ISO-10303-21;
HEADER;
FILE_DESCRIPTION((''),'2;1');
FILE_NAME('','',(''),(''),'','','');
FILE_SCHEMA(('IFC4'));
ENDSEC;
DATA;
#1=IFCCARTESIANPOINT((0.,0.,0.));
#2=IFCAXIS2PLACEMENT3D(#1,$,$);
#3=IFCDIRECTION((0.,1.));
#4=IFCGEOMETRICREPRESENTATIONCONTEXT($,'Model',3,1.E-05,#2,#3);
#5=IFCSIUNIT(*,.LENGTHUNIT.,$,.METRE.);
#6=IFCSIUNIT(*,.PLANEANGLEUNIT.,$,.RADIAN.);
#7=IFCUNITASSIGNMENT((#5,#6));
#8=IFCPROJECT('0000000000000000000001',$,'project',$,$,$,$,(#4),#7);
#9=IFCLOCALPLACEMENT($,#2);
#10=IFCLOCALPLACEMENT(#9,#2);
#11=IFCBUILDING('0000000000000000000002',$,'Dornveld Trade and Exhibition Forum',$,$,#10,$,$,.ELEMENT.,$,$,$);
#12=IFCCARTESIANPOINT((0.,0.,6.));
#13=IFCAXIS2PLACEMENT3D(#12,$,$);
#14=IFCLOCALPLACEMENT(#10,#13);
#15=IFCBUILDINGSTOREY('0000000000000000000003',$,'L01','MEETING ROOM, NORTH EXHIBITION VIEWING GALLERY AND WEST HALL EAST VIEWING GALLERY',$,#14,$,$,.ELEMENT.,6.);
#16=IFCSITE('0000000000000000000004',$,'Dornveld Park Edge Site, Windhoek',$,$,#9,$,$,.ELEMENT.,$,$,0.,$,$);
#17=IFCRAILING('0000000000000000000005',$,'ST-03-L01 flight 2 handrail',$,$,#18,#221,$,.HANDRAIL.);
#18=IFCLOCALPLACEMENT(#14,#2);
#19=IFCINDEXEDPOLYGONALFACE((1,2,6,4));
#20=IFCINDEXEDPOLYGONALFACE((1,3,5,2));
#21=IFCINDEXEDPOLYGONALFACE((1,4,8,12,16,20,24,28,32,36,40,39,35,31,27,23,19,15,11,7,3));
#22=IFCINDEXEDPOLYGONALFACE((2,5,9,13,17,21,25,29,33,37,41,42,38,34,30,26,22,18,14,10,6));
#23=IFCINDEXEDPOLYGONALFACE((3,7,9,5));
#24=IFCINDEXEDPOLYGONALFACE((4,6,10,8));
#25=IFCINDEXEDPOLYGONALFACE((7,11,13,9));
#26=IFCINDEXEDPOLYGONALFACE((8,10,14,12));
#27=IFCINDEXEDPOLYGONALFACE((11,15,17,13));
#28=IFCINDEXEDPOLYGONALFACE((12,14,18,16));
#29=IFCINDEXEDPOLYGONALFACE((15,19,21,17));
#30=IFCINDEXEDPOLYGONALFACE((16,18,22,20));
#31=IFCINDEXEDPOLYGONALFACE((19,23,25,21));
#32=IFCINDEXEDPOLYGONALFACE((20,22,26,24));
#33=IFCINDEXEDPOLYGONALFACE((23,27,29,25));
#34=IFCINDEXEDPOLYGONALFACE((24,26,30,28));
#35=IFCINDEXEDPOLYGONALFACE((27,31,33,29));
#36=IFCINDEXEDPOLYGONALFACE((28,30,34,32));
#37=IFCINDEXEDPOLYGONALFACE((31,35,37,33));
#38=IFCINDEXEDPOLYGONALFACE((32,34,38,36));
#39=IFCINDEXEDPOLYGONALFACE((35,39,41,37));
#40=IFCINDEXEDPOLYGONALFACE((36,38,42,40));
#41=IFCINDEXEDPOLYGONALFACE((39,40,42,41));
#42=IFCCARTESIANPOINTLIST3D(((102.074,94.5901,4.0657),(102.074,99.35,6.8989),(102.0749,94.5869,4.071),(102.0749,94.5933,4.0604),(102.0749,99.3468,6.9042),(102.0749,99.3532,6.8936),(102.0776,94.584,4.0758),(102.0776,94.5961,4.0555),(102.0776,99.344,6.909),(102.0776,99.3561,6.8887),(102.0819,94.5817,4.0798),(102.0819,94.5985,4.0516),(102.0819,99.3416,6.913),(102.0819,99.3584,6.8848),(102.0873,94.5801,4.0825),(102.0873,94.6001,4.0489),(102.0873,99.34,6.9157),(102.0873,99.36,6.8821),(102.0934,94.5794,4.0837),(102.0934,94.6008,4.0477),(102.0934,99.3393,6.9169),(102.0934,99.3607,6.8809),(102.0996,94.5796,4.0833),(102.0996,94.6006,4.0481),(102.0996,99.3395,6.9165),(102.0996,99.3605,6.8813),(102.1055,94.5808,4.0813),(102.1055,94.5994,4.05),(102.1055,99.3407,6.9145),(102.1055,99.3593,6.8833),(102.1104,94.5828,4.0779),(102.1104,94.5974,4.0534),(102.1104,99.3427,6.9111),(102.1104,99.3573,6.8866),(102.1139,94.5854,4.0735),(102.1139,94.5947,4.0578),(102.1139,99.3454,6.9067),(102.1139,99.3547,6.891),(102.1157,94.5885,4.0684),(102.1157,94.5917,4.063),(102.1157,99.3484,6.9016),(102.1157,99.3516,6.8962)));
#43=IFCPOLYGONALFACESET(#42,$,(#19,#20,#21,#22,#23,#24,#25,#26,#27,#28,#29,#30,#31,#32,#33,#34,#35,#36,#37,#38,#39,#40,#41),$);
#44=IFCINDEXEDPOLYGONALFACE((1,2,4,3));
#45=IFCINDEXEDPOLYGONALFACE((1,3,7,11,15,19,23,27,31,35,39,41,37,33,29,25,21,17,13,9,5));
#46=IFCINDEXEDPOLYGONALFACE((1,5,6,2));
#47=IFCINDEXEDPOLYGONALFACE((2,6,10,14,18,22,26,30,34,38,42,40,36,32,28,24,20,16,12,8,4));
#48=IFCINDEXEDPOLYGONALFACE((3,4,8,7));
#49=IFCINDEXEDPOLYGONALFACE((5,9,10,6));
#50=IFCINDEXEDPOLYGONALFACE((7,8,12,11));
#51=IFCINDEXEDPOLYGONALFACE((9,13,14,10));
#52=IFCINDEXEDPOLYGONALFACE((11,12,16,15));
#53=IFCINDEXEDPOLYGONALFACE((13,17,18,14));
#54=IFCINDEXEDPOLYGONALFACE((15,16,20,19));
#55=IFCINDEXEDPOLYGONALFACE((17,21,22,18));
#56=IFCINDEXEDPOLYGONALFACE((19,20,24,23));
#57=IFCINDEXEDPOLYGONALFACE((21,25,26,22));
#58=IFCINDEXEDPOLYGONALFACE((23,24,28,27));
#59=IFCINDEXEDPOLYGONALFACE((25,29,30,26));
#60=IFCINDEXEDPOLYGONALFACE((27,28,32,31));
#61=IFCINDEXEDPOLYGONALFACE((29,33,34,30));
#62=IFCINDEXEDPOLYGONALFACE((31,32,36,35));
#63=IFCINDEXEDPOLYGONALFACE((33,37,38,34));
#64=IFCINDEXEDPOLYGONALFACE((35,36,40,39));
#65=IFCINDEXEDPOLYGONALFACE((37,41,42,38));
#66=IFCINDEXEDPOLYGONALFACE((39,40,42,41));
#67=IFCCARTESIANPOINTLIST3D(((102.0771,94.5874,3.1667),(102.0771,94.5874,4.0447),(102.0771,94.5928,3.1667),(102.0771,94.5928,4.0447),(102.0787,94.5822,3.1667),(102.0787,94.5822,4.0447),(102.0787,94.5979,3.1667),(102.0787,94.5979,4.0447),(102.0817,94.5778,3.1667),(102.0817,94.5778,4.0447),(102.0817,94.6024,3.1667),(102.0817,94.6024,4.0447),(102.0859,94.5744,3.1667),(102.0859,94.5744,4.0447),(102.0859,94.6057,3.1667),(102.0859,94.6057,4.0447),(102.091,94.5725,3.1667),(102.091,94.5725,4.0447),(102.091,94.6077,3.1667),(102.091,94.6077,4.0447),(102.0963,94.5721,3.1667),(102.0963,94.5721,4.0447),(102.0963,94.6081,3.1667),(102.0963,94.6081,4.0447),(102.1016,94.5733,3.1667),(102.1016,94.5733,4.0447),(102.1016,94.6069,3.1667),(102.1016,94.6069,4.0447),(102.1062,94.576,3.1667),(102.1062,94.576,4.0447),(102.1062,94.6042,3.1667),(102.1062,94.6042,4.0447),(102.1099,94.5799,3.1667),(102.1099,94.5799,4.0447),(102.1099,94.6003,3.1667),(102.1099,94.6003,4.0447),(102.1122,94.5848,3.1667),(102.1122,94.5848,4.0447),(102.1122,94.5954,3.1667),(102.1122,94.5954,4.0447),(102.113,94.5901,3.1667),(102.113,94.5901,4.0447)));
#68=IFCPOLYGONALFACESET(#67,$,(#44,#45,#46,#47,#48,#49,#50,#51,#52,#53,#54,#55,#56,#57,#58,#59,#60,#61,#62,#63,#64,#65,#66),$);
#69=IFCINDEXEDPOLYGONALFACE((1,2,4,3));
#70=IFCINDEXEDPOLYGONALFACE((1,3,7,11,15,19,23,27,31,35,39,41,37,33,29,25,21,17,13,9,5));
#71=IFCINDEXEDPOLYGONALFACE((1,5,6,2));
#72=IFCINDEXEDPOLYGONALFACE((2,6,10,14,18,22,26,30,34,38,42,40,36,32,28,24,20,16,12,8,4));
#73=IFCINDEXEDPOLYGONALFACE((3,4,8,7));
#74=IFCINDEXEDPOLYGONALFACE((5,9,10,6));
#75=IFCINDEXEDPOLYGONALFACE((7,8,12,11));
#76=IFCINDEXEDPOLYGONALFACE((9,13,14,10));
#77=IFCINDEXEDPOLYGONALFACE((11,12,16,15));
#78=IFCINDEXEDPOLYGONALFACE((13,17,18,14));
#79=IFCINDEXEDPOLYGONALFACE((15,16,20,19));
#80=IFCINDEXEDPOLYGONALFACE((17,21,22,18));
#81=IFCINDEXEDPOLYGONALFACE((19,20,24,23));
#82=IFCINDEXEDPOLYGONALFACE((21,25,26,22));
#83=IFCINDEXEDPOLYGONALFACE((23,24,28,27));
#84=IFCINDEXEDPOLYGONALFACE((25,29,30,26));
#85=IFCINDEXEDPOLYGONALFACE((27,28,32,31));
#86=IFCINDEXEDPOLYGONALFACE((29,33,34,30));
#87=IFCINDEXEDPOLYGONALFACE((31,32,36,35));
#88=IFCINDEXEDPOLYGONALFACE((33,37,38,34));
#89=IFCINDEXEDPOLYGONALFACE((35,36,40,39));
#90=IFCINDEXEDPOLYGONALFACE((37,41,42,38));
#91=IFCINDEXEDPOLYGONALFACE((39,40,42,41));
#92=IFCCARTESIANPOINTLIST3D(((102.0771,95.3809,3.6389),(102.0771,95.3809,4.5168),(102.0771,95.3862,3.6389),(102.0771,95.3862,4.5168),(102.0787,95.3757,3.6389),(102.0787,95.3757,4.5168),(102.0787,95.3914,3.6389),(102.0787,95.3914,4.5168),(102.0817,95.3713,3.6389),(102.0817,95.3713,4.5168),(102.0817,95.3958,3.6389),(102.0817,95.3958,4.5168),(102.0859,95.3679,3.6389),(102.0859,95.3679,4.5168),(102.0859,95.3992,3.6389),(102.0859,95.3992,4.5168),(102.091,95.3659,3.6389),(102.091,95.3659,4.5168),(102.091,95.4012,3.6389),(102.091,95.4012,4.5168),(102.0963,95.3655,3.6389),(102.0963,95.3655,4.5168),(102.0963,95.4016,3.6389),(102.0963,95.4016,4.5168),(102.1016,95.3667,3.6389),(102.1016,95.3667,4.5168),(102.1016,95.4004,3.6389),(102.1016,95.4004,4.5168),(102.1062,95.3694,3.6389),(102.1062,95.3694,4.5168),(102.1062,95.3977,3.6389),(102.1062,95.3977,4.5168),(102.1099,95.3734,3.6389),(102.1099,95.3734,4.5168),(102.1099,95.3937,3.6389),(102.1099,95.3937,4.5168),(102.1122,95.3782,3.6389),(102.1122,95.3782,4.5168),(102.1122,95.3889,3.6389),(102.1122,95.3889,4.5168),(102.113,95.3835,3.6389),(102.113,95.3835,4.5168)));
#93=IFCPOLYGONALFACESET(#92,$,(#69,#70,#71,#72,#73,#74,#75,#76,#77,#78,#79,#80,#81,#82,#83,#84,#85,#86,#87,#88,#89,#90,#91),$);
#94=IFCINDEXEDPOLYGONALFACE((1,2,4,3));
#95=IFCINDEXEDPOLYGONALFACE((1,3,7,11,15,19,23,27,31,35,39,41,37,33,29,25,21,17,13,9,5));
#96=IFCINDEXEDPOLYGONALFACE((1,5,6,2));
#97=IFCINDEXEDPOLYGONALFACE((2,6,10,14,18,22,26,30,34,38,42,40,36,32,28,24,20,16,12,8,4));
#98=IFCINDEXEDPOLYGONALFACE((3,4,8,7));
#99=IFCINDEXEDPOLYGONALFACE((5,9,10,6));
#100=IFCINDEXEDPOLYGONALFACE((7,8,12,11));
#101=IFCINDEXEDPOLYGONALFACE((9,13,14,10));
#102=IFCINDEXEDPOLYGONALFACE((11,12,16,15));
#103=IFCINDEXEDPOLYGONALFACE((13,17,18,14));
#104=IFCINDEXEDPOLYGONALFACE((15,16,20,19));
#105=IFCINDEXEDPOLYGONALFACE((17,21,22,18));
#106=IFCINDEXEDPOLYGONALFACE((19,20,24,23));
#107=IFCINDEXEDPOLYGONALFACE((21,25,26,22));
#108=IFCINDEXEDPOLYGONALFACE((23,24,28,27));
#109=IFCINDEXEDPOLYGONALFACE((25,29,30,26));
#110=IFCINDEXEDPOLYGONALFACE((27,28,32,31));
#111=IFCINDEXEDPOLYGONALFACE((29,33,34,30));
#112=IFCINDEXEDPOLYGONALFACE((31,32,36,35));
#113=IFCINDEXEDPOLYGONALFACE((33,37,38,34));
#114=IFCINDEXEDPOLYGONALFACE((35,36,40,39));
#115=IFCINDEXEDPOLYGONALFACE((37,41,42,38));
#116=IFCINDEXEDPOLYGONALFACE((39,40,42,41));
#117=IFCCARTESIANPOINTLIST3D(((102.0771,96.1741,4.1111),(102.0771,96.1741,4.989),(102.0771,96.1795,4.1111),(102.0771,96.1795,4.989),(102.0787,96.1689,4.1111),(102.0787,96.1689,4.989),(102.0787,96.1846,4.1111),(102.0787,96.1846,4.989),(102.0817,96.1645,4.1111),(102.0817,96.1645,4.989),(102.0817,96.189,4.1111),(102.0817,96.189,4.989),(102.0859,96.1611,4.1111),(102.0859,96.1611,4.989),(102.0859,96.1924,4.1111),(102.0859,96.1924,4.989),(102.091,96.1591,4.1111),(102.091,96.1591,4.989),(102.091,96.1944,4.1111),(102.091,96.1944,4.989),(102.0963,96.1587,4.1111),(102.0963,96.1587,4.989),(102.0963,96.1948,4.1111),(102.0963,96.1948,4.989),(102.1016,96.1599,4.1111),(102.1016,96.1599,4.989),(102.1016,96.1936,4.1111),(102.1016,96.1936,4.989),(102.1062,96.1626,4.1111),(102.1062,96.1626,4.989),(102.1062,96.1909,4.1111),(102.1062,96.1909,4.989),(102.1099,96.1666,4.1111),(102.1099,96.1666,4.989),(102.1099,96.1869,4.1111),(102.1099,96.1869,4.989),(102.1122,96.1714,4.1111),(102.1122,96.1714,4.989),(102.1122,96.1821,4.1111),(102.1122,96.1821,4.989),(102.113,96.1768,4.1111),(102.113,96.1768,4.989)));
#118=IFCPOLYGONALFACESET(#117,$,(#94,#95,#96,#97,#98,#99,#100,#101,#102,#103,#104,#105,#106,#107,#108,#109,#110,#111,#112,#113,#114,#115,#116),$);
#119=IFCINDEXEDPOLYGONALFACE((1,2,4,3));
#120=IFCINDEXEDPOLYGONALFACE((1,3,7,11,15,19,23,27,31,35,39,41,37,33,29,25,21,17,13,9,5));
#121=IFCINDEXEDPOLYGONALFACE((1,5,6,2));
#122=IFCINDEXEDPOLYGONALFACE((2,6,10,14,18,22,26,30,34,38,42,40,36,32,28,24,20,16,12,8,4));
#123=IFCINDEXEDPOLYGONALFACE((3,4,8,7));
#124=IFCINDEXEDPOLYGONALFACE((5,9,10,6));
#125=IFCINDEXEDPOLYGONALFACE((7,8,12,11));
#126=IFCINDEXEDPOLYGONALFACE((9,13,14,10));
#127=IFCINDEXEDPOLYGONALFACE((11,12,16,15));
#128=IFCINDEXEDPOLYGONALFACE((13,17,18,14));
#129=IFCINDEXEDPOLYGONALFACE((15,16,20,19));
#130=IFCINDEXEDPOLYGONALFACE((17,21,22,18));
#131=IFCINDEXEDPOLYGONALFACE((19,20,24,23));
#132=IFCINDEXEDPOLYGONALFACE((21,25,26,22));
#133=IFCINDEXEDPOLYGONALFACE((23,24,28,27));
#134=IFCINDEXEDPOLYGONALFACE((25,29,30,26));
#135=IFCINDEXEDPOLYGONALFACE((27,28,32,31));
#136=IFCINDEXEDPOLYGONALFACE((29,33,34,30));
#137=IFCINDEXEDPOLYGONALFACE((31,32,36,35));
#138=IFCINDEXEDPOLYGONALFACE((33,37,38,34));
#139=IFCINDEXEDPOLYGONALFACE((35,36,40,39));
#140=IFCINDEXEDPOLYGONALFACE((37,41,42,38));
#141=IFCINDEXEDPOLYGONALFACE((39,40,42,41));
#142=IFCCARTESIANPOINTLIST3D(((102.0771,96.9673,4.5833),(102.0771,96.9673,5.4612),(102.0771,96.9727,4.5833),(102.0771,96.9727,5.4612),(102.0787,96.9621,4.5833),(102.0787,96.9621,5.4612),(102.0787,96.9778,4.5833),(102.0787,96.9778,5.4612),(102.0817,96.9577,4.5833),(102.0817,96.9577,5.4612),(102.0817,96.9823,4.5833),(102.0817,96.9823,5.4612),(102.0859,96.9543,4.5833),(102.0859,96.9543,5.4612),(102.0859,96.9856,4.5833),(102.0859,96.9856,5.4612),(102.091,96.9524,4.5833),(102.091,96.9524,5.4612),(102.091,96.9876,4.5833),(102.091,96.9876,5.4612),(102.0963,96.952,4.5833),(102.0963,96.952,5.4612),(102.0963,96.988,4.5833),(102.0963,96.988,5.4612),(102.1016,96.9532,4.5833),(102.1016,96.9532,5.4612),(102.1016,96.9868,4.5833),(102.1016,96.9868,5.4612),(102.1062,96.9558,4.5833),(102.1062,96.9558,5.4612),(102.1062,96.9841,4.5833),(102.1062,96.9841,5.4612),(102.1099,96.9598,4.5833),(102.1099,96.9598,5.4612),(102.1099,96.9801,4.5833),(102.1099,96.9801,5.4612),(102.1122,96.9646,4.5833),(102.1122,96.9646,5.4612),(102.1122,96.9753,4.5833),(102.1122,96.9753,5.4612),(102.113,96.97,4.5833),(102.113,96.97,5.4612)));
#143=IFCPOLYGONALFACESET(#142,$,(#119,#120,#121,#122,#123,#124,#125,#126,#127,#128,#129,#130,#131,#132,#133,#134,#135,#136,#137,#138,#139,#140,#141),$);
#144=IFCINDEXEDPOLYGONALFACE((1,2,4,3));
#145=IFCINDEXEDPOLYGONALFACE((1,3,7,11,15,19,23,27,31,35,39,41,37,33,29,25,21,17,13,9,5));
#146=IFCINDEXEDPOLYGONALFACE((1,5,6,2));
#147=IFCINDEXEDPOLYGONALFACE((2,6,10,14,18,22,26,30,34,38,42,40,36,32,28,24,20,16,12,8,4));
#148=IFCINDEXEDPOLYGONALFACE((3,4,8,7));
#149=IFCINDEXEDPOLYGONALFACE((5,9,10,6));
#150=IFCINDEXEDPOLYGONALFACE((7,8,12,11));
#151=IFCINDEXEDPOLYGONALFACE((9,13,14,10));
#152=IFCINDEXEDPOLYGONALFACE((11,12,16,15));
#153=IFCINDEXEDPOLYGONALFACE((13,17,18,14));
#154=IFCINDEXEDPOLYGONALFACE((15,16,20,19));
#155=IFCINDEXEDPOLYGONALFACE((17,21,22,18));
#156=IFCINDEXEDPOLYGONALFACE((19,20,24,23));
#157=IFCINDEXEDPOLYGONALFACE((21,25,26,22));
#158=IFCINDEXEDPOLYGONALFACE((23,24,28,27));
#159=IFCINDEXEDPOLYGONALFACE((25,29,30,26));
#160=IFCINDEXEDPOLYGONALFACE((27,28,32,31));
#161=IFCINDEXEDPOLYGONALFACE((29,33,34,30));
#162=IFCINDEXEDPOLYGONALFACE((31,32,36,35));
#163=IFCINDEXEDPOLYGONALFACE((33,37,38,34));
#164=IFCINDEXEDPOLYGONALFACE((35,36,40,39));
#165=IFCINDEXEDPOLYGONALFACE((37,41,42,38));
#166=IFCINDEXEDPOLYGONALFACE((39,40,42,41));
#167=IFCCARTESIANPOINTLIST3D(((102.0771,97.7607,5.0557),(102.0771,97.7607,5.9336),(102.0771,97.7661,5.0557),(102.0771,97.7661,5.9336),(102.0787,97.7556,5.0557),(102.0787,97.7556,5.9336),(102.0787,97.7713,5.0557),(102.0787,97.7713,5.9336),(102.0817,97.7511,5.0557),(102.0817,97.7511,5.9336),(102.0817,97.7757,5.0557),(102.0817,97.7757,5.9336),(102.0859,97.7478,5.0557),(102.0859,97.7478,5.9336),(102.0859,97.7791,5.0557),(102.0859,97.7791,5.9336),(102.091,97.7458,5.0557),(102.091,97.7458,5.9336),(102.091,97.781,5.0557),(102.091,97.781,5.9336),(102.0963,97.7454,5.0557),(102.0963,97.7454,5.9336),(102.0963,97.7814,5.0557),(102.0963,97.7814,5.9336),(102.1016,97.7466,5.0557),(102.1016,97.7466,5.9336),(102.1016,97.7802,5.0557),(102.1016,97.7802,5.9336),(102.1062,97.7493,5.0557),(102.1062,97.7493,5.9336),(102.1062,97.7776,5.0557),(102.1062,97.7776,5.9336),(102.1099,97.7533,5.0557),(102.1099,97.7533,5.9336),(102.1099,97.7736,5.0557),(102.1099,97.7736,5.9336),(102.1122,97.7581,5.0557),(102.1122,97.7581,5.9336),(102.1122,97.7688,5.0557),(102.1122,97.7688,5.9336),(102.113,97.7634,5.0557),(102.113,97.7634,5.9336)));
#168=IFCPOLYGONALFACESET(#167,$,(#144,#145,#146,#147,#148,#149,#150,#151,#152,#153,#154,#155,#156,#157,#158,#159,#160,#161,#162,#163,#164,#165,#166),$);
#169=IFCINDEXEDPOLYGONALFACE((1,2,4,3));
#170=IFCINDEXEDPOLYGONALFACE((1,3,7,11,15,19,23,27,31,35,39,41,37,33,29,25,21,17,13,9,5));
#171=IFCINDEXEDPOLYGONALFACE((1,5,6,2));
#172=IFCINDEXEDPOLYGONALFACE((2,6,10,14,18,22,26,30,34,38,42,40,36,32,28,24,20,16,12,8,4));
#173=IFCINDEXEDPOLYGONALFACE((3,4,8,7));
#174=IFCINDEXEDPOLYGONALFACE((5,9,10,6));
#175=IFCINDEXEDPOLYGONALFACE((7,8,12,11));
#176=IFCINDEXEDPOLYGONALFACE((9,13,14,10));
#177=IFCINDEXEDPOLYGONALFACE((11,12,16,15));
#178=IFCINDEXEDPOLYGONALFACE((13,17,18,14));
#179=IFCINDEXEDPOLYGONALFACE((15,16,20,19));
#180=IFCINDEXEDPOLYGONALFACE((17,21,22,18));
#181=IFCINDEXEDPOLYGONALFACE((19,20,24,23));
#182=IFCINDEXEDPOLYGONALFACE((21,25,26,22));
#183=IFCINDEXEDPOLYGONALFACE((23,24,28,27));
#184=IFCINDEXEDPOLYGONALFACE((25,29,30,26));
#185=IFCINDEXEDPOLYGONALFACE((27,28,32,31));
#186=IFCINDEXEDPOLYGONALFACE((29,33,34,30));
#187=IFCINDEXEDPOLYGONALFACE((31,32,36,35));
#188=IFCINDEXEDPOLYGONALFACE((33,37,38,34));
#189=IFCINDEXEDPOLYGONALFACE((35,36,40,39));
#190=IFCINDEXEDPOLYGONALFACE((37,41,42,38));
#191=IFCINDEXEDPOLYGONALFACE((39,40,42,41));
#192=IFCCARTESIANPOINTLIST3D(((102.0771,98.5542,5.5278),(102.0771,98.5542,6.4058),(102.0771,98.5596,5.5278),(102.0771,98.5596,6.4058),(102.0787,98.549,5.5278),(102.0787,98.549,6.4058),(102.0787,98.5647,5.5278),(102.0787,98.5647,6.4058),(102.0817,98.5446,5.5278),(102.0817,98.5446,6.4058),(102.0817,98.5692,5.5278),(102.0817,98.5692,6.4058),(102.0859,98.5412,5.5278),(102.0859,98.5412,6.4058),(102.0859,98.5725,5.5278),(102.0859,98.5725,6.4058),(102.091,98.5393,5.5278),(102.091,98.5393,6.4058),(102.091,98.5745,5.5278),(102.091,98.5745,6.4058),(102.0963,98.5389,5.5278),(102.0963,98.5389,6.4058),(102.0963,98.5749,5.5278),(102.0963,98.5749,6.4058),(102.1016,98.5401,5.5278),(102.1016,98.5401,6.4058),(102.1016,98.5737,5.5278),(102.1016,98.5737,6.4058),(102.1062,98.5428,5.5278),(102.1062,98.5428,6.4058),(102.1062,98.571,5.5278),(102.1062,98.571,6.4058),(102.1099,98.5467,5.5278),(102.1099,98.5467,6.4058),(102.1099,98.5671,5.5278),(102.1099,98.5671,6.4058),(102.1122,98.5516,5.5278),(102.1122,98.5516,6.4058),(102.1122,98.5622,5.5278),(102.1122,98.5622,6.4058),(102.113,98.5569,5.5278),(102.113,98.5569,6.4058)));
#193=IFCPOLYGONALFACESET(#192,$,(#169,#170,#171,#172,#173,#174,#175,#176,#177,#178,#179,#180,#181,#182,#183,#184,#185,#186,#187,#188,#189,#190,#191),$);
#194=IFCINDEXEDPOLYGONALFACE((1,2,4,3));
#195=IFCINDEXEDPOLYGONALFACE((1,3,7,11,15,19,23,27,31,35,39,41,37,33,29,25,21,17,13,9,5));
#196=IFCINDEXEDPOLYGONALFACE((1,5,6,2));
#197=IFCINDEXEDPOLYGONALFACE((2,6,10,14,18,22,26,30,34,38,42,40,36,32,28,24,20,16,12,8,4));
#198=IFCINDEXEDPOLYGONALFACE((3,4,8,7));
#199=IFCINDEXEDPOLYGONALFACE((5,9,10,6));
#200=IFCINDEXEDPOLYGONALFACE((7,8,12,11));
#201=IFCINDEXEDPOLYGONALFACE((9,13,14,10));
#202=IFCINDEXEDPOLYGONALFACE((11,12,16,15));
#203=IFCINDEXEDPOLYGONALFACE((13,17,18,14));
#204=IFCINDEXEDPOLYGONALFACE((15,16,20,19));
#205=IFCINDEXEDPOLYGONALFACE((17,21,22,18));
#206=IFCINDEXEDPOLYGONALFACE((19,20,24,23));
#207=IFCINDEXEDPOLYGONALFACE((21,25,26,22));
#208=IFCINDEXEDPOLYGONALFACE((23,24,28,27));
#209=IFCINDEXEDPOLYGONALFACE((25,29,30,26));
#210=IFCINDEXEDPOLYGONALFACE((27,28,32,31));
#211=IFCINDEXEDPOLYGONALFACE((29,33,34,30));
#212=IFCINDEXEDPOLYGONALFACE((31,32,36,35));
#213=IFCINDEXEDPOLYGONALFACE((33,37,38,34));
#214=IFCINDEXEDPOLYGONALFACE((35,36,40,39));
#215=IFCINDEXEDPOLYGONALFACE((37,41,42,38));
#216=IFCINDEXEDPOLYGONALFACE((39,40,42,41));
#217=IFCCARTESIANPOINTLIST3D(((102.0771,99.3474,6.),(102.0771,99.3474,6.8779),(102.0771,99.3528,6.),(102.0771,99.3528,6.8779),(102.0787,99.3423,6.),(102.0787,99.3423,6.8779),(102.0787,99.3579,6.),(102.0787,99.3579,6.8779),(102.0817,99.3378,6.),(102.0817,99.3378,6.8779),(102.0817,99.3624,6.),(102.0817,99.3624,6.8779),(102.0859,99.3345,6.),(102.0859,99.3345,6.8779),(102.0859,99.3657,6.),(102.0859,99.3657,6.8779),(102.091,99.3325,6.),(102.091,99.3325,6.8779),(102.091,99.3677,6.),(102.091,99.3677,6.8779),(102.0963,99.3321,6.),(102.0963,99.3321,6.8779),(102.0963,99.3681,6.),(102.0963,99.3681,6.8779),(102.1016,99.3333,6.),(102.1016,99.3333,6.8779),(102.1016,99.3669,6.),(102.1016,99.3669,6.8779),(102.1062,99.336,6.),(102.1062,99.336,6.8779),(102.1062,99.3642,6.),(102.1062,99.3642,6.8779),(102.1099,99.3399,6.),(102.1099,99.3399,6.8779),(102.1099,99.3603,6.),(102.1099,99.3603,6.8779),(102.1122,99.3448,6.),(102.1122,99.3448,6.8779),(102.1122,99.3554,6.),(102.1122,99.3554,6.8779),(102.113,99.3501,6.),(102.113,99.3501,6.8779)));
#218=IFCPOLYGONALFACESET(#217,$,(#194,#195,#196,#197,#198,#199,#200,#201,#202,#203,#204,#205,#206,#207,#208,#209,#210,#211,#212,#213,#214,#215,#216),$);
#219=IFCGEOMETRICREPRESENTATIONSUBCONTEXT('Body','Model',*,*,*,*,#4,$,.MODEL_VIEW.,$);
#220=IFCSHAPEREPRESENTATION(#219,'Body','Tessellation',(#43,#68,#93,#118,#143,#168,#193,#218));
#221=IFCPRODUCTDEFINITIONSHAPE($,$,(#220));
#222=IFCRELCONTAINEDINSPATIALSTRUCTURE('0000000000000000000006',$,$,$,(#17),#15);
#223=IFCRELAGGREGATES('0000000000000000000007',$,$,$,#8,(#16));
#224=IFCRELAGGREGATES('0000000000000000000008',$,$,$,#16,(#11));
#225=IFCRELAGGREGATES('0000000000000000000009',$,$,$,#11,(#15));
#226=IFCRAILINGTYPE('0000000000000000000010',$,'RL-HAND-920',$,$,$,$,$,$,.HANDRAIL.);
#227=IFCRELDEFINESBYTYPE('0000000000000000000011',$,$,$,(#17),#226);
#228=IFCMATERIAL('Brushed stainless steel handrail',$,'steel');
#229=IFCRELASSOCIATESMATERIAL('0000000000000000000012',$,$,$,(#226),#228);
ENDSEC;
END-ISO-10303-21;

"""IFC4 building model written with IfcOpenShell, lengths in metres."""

from ifc_helpers import new_model, si_unit, direction, frame, origin, origin_2d, place, context, subcontext, project, spatial, circle, extrude, material, type_object, element, save


model = new_model("IFC4")

# Units and contexts
model_context = context("Model", 3, precision=1e-05, world=origin(), true_north=direction((0.0, 1.0)))
body_context = subcontext(model_context, "Body", "Model", "MODEL_VIEW")
ifc_project = project(units=[si_unit("LENGTHUNIT", "METRE"), si_unit("PLANEANGLEUNIT", "RADIAN")], contexts=[model_context])

# Site, building, storey
site_placement = place(None, origin())
site = spatial("IfcSite", under=ifc_project, at=site_placement, Name="Dornveld Park Edge Site, Windhoek", CompositionType="ELEMENT", RefElevation=0.0)
building_placement = place(site_placement, origin())
building = spatial("IfcBuilding", under=site, at=building_placement, Name="Dornveld Trade and Exhibition Forum", CompositionType="ELEMENT")
storey_placement = place(building_placement, frame((0.0, 0.0, 6.0)))
storey = spatial("IfcBuildingStorey", under=building, at=storey_placement, Name="L01", Description="MEETING ROOM, NORTH EXHIBITION VIEWING GALLERY AND WEST HALL EAST VIEWING GALLERY", CompositionType="ELEMENT", Elevation=6.0)

# Railing
ifc_material_1 = material(Name="Brushed stainless steel handrail", Category="steel")
railing_type_1 = type_object("IfcRailingType", Name="RL-HAND-920", PredefinedType="HANDRAIL", material=ifc_material_1)
railing_1_placement = place(storey_placement, frame((102.095, 94.5901, 3.1667)))
element("IfcRailing", 1, at=railing_1_placement, inside=storey, type_object=railing_type_1, Name="ST-03-L01 flight 2 handrail", PredefinedType="HANDRAIL", context=body_context, shape_type="SweptSolid", body=[
    extrude(circle(Radius=0.021, at=origin_2d()), frame((0.0, 0.0, 0.8989), z_axis=(0.0, 0.8593, 0.511472), x_axis=(-1.0, 0.0, 0.0)), (0.0, 0.0, 1.0), 5.5393),
    extrude(circle(Radius=0.0181, at=origin_2d()), origin(), (0.0, 0.0, 1.0), 0.8779),
    extrude(circle(Radius=0.0181, at=origin_2d()), frame((0.0, 0.7935, 0.4722)), (0.0, 0.0, 1.0), 0.8779),
    extrude(circle(Radius=0.0181, at=origin_2d()), frame((0.0, 1.5867, 0.9443)), (0.0, 0.0, 1.0), 0.8779),
    extrude(circle(Radius=0.0181, at=origin_2d()), frame((0.0, 2.3799, 1.4165)), (0.0, 0.0, 1.0), 0.8779),
    extrude(circle(Radius=0.0181, at=origin_2d()), frame((0.0, 3.1733, 1.8889)), (0.0, 0.0, 1.0), 0.8779),
    extrude(circle(Radius=0.0181, at=origin_2d()), frame((0.0, 3.9668, 2.3611)), (0.0, 0.0, 1.0), 0.8779),
    extrude(circle(Radius=0.0181, at=origin_2d()), frame((0.0, 4.76, 2.8333)), (0.0, 0.0, 1.0), 0.8779),
])

save(model, "model.ifc")
